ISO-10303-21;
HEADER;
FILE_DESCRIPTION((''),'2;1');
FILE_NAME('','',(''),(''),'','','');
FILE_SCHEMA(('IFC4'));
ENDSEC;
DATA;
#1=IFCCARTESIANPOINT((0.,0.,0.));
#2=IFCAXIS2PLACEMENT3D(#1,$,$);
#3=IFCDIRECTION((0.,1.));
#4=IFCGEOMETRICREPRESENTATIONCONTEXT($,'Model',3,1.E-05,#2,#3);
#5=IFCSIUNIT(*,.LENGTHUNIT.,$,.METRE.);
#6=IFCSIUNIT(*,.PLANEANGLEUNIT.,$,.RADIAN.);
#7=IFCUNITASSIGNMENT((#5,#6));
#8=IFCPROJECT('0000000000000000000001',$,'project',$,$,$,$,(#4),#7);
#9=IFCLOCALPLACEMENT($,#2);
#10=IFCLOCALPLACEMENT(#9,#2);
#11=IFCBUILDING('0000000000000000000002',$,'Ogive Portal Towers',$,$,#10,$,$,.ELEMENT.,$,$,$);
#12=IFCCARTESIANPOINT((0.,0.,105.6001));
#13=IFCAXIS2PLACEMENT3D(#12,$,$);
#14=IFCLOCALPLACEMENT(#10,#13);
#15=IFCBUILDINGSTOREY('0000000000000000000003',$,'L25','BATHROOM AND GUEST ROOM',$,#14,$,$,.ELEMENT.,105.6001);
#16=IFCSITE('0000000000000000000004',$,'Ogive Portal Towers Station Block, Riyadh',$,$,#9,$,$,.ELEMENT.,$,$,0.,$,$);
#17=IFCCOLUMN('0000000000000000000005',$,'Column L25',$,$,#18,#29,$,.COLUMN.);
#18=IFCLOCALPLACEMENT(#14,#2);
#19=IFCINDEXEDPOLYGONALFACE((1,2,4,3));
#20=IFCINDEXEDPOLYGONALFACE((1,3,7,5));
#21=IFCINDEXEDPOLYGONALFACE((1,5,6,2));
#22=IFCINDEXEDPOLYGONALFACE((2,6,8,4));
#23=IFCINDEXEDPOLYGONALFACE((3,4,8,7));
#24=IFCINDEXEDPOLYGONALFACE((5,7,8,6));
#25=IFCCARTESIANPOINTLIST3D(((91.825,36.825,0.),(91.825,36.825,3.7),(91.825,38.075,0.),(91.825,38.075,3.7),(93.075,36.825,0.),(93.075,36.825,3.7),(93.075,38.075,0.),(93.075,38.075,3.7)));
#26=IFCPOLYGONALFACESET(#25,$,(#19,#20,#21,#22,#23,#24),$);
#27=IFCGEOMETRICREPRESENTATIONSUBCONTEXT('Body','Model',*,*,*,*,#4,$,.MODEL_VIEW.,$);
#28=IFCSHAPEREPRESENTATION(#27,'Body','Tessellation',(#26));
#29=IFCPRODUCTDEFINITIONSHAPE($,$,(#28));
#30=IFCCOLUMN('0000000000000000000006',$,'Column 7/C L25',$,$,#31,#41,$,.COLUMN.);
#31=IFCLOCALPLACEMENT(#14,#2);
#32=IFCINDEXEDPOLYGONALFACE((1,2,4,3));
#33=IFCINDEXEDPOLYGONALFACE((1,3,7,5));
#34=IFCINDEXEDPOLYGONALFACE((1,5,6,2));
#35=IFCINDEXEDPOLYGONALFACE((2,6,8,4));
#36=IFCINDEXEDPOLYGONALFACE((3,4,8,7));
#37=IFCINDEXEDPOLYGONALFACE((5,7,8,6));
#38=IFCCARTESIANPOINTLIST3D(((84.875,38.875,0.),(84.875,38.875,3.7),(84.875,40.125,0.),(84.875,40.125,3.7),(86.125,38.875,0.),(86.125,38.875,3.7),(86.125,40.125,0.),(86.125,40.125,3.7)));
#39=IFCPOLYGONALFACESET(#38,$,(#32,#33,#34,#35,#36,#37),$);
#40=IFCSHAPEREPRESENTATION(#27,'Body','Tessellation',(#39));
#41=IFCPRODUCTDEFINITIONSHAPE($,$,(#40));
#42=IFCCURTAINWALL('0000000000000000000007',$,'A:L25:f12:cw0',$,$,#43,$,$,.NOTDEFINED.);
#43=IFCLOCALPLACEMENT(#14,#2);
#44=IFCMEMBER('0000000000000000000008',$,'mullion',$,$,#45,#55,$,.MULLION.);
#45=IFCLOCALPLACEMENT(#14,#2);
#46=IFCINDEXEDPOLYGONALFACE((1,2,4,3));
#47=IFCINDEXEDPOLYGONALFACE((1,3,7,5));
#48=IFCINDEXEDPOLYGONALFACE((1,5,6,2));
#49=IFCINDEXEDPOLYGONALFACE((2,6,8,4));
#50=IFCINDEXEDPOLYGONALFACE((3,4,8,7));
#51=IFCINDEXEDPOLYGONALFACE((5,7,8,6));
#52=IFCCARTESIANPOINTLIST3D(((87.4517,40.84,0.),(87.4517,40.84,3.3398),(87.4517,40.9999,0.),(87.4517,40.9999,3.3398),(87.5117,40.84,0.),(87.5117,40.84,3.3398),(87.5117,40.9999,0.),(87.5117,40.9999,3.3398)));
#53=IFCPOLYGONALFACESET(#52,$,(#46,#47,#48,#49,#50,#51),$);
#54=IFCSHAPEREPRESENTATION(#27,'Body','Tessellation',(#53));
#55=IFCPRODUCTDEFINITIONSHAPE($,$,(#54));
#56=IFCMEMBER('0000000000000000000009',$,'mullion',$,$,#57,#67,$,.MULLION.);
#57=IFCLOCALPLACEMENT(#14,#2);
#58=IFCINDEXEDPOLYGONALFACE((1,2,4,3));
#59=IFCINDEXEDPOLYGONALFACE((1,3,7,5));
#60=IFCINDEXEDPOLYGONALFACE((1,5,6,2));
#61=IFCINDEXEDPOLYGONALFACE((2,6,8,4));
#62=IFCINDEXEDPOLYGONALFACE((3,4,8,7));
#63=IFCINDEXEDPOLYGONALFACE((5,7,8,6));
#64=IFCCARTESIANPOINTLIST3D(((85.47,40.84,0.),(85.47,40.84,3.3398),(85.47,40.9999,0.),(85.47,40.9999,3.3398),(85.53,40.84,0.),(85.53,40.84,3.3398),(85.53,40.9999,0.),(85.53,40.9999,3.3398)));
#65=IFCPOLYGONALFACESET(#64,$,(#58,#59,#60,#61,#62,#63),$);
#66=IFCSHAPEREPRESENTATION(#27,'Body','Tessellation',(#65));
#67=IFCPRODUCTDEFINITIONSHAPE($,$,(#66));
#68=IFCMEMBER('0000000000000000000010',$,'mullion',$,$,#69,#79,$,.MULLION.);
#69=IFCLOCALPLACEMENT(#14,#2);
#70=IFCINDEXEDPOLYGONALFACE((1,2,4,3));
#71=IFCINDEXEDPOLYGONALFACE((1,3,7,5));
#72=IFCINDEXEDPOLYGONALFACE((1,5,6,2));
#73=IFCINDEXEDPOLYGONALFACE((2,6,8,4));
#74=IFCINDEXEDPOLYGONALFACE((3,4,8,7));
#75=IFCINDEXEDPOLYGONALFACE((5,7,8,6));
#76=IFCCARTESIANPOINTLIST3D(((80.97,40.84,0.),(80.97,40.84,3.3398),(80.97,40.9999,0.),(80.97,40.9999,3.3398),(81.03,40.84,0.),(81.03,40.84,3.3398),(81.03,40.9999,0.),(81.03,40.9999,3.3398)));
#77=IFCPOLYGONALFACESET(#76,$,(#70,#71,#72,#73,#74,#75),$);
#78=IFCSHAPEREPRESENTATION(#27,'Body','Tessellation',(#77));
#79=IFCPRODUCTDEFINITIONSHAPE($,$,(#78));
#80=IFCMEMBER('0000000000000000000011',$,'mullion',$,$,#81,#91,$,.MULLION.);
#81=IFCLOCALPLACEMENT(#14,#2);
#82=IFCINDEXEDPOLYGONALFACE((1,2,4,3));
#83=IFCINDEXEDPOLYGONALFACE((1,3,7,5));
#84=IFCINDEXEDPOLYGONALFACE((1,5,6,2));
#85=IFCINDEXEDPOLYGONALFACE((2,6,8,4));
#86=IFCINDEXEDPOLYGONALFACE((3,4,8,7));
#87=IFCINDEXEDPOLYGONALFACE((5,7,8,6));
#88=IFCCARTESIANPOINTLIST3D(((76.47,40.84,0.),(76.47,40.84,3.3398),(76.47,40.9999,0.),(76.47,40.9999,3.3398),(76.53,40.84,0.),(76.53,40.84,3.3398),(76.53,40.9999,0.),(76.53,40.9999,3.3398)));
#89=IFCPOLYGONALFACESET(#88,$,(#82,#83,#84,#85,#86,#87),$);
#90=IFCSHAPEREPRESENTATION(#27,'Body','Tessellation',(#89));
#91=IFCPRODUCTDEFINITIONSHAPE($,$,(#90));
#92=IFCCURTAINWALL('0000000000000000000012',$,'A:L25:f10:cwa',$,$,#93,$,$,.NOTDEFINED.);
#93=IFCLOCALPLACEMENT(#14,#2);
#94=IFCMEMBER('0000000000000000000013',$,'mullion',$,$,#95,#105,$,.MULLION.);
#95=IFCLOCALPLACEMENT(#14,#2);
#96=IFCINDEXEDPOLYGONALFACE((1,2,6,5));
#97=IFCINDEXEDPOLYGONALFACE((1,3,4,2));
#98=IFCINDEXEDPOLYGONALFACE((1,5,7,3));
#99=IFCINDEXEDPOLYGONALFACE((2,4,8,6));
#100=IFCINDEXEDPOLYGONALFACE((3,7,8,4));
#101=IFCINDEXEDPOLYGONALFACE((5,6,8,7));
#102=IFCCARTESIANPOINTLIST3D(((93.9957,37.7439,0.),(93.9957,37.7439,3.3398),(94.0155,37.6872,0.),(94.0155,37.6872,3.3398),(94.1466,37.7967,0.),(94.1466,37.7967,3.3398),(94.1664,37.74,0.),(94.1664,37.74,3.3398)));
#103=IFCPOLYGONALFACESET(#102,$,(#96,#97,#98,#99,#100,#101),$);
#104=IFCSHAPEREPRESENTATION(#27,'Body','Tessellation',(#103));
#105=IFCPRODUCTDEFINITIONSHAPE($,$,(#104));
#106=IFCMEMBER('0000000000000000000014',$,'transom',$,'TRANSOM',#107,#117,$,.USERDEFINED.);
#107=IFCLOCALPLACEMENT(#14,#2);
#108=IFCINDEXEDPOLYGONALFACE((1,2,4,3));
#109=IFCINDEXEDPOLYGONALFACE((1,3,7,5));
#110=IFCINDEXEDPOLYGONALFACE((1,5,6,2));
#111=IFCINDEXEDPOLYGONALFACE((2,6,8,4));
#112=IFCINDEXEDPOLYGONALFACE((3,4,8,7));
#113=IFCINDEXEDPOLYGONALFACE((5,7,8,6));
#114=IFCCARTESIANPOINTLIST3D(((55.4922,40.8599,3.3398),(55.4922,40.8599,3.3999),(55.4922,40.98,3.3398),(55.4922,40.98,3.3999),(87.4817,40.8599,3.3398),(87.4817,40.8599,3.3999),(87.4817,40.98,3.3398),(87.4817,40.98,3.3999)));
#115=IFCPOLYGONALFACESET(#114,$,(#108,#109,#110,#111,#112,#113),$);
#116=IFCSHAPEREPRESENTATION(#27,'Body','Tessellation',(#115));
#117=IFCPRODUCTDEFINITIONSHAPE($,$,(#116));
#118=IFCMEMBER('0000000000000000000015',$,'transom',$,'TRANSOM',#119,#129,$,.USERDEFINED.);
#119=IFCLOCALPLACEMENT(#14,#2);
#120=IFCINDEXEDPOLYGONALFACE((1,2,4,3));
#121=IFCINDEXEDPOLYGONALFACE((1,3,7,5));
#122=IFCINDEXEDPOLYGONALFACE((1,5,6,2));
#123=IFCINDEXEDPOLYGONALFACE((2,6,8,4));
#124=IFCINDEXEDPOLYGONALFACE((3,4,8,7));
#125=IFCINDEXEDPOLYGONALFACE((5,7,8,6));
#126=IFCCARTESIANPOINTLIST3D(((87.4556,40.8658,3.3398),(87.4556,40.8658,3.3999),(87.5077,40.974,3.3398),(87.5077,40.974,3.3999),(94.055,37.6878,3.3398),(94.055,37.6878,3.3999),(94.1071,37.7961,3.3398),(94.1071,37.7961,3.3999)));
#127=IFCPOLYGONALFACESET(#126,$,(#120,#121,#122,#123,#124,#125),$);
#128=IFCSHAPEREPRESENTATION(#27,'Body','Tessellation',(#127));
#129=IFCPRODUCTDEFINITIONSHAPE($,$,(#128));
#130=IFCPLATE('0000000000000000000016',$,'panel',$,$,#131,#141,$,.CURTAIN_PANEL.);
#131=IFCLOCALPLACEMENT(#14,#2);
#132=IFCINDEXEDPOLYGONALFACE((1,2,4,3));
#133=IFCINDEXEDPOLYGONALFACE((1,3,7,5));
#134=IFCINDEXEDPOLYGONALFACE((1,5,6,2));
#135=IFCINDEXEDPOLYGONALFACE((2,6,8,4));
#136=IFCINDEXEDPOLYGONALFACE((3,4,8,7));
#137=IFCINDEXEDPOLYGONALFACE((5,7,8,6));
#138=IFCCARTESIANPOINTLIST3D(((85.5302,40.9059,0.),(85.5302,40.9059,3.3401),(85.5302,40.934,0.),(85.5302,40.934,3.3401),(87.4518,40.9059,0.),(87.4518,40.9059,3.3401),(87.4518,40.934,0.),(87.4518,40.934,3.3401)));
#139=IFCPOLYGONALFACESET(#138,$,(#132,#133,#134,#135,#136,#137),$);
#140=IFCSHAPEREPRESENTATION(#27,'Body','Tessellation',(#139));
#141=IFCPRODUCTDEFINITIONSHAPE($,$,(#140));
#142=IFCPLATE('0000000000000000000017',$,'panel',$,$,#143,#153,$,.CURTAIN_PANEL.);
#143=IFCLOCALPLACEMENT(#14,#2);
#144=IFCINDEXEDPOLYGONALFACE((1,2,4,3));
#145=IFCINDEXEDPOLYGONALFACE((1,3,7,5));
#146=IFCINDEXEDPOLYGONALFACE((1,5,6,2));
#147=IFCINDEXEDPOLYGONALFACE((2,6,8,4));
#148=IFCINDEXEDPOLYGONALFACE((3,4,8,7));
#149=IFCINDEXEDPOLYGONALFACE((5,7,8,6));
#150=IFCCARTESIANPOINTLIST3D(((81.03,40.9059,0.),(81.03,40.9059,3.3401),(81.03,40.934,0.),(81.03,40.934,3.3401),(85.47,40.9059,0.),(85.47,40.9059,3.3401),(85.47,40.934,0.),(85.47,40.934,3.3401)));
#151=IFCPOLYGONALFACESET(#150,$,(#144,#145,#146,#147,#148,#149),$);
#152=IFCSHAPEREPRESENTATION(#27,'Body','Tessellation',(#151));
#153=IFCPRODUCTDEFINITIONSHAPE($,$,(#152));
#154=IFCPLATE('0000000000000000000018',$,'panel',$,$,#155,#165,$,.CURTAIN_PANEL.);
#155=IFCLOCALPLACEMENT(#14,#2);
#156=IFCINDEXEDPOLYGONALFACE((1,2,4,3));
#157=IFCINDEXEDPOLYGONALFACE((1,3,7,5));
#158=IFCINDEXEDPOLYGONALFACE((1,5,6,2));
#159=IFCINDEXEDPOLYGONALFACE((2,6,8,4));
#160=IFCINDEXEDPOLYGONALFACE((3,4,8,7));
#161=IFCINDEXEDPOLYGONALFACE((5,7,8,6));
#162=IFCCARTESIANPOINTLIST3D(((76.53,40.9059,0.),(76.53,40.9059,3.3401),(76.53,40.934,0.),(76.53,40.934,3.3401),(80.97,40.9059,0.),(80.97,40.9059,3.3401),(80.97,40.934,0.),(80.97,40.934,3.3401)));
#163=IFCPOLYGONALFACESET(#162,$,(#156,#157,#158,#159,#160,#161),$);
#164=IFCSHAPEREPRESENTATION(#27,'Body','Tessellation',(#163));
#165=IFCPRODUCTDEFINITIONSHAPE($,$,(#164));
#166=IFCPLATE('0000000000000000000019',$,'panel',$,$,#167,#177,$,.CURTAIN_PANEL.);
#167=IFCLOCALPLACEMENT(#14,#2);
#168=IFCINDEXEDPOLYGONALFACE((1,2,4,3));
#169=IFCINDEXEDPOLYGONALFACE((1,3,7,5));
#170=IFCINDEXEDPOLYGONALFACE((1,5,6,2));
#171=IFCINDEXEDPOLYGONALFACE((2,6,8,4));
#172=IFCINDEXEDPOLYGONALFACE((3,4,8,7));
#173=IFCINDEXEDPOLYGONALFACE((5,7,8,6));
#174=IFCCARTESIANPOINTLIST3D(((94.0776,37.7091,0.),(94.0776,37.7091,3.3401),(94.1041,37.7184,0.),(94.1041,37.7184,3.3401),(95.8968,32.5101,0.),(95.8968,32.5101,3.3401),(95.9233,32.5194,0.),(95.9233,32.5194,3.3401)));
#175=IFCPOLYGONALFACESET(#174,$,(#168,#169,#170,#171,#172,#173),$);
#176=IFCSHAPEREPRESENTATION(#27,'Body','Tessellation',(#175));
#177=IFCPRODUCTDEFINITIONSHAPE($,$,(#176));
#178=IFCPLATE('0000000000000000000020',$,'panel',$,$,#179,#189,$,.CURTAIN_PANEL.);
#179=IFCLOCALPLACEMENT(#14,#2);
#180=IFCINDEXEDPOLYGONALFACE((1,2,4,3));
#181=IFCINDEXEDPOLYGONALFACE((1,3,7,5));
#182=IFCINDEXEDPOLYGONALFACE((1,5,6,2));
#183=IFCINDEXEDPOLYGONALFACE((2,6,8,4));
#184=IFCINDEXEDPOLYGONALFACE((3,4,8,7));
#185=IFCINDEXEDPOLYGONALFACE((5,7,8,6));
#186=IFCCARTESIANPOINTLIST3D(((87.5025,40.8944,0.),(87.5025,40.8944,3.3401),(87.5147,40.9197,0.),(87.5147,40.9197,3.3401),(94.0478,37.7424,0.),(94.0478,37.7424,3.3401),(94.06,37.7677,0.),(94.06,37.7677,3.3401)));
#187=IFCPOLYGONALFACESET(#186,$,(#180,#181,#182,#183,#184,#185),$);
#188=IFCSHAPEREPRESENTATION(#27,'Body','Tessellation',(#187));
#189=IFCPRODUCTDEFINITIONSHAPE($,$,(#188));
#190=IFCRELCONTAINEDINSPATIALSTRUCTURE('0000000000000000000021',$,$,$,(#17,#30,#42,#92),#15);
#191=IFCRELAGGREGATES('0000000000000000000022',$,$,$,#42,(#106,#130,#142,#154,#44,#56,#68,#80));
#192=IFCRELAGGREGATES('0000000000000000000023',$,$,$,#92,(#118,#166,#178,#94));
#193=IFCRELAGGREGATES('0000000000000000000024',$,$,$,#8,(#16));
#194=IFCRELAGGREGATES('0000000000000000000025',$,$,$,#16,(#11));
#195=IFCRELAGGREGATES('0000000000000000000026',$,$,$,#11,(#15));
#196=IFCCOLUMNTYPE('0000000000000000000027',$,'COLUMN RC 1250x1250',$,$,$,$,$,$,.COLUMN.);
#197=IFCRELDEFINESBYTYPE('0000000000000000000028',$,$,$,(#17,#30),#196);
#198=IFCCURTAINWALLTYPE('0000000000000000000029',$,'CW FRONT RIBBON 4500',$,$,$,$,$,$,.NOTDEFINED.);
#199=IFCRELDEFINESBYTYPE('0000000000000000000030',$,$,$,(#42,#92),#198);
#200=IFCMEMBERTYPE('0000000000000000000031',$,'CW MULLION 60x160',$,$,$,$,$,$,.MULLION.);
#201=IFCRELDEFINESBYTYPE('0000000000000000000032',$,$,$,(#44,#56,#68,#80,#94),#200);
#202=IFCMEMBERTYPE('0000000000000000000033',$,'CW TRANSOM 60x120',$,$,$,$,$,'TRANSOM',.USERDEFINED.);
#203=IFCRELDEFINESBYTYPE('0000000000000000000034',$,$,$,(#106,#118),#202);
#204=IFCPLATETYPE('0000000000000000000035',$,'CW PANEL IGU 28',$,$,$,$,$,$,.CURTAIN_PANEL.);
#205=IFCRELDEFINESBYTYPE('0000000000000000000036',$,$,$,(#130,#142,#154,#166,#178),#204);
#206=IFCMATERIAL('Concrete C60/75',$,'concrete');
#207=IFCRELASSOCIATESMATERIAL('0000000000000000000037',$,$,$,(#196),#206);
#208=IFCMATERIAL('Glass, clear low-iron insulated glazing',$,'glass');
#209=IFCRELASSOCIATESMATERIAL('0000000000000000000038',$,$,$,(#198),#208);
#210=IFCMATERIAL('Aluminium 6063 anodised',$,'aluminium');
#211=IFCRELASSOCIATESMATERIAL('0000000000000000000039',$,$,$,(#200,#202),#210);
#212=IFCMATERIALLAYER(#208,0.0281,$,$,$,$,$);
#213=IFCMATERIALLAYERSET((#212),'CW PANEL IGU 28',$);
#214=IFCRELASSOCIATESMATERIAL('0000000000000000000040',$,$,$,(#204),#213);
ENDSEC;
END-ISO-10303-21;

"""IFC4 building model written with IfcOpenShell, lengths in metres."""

from ifc_helpers import new_model, si_unit, direction, frame, origin, origin_2d, place, context, subcontext, project, spatial, rectangle, extrude, material, layer, layer_set, material_profile, profile_set, type_object, element, aggregate, save


model = new_model("IFC4")

# Units and contexts
model_context = context("Model", 3, precision=1e-05, world=origin(), true_north=direction((0.0, 1.0)))
body_context = subcontext(model_context, "Body", "Model", "MODEL_VIEW")
ifc_project = project(units=[si_unit("LENGTHUNIT", "METRE"), si_unit("PLANEANGLEUNIT", "RADIAN")], contexts=[model_context])

# Site, building, storey
site_placement = place(None, origin())
site = spatial("IfcSite", under=ifc_project, at=site_placement, Name="Ogive Portal Towers Station Block, Riyadh", CompositionType="ELEMENT", RefElevation=0.0)
building_placement = place(site_placement, origin())
building = spatial("IfcBuilding", under=site, at=building_placement, Name="Ogive Portal Towers", CompositionType="ELEMENT")
storey_placement = place(building_placement, frame((0.0, 0.0, 105.6001)))
storey = spatial("IfcBuildingStorey", under=building, at=storey_placement, Name="L25", Description="BATHROOM AND GUEST ROOM", CompositionType="ELEMENT", Elevation=105.6001)

# Columns
ifc_material_1 = material(Name="Concrete C60/75", Category="concrete")
ifc_material_profile_1 = material_profile(ifc_material_1, rectangle(XDim=1.25, YDim=1.25, at=origin_2d()), Name="RC 1250x1250")
ifc_profile_set_1 = profile_set([ifc_material_profile_1], Name="Concrete C60/75")
column_type = type_object("IfcColumnType", Name="COLUMN RC 1250x1250", PredefinedType="COLUMN", material=ifc_profile_set_1)
for number, where, z_axis, x_axis, name in (
    (1, (92.45, 37.45, 0.0), (0.0, 0.0, 1.0), (1.0, 0.0, 0.0), "Column L25"),
    (2, (85.5, 39.5, 0.0), (0.0, 0.0, 1.0), (1.0, 0.0, 0.0), "Column 7/C L25"),
):
    element("IfcColumn", number, at=place(storey_placement, frame(where, z_axis=z_axis, x_axis=x_axis)), inside=storey, type_object=column_type, Name=name, PredefinedType="COLUMN", context=body_context, shape_type="SweptSolid", body=[
        extrude(rectangle(XDim=1.25, YDim=1.25, at=origin_2d()), origin(), (0.0, 0.0, 1.0), 3.7),
    ])

# Curtain wall, members
ifc_material_2 = material(Name="Glass, clear low-iron insulated glazing", Category="glass")
curtain_wall_type = type_object("IfcCurtainWallType", Name="CW FRONT RIBBON 4500", PredefinedType="NOTDEFINED", material=ifc_material_2)
curtain_wall_1_placement = place(storey_placement, origin())
curtain_wall_1 = element("IfcCurtainWall", 3, at=curtain_wall_1_placement, inside=storey, type_object=curtain_wall_type, Name="A:L25:f12:cw0", PredefinedType="NOTDEFINED")
ifc_material_3 = material(Name="Aluminium 6063 anodised", Category="aluminium")
ifc_material_profile_2 = material_profile(ifc_material_3, rectangle(XDim=0.1599, YDim=0.0601, at=origin_2d()), Name="AL 60x160")
ifc_profile_set_2 = profile_set([ifc_material_profile_2], Name="Aluminium 6063 anodised")
member_type_1 = type_object("IfcMemberType", Name="CW MULLION 60x160", PredefinedType="MULLION", material=ifc_profile_set_2)
member_1_placement = place(storey_placement, frame((87.4817, 40.9199, 0.0), z_axis=(0.0, 0.0, 1.0), x_axis=(0.0, -1.0, 0.0)))
member_1 = element("IfcMember", 4, at=member_1_placement, type_object=member_type_1, Name="mullion", PredefinedType="MULLION", context=body_context, shape_type="SweptSolid", body=[
    extrude(rectangle(XDim=0.1599, YDim=0.0601, at=origin_2d()), origin(), (0.0, 0.0, 1.0), 3.3398),
])
member_2_placement = place(storey_placement, frame((85.5, 40.9199, 0.0), z_axis=(0.0, 0.0, 1.0), x_axis=(0.0, -1.0, 0.0)))
member_2 = element("IfcMember", 5, at=member_2_placement, type_object=member_type_1, Name="mullion", PredefinedType="MULLION", context=body_context, shape_type="SweptSolid", body=[
    extrude(rectangle(XDim=0.1599, YDim=0.0601, at=origin_2d()), origin(), (0.0, 0.0, 1.0), 3.3398),
])
member_3_placement = place(storey_placement, frame((81.0, 40.9199, 0.0), z_axis=(0.0, 0.0, 1.0), x_axis=(0.0, -1.0, 0.0)))
member_3 = element("IfcMember", 6, at=member_3_placement, type_object=member_type_1, Name="mullion", PredefinedType="MULLION", context=body_context, shape_type="SweptSolid", body=[
    extrude(rectangle(XDim=0.1599, YDim=0.0601, at=origin_2d()), origin(), (0.0, 0.0, 1.0), 3.3398),
])
member_4_placement = place(storey_placement, frame((76.5, 40.9199, 0.0), z_axis=(0.0, 0.0, 1.0), x_axis=(0.0, -1.0, 0.0)))
member_4 = element("IfcMember", 7, at=member_4_placement, type_object=member_type_1, Name="mullion", PredefinedType="MULLION", context=body_context, shape_type="SweptSolid", body=[
    extrude(rectangle(XDim=0.1599, YDim=0.0601, at=origin_2d()), origin(), (0.0, 0.0, 1.0), 3.3398),
])

# Curtain wall, member
curtain_wall_2_placement = place(storey_placement, origin())
curtain_wall_2 = element("IfcCurtainWall", 8, at=curtain_wall_2_placement, inside=storey, type_object=curtain_wall_type, Name="A:L25:f10:cwa", PredefinedType="NOTDEFINED")
member_5_placement = place(storey_placement, frame((94.0811, 37.7419, 0.0), z_axis=(0.0, 0.0, 1.0), x_axis=(-0.943883, -0.330279, 0.0)))
member_5 = element("IfcMember", 9, at=member_5_placement, type_object=member_type_1, Name="mullion", PredefinedType="MULLION", context=body_context, shape_type="SweptSolid", body=[
    extrude(rectangle(XDim=0.1599, YDim=0.0601, at=origin_2d()), origin(), (0.0, 0.0, 1.0), 3.3398),
])

# Members
ifc_material_profile_3 = material_profile(ifc_material_3, rectangle(XDim=0.1201, YDim=0.0601, at=origin_2d()), Name="AL 120x60")
ifc_profile_set_3 = profile_set([ifc_material_profile_3], Name="Aluminium 6063 anodised")
member_type_2 = type_object("IfcMemberType", Name="CW TRANSOM 60x120", ElementType="TRANSOM", PredefinedType="USERDEFINED", material=ifc_profile_set_3)
member_6_placement = place(storey_placement, frame((87.4817, 40.9199, 3.3699), z_axis=(-1.0, 0.0, 0.0), x_axis=(0.0, -1.0, 0.0)))
member_6 = element("IfcMember", 10, at=member_6_placement, type_object=member_type_2, Name="transom", ObjectType="TRANSOM", PredefinedType="USERDEFINED", context=body_context, shape_type="SweptSolid", body=[
    extrude(rectangle(XDim=0.1201, YDim=0.0601, at=origin_2d()), origin(), (0.0, 0.0, 1.0), 31.9895),
])
member_7_placement = place(storey_placement, frame((94.0811, 37.7419, 3.3699), z_axis=(-0.900975, 0.433872, 0.0), x_axis=(-0.433872, -0.900975, 0.0)))
member_7 = element("IfcMember", 11, at=member_7_placement, type_object=member_type_2, Name="transom", ObjectType="TRANSOM", PredefinedType="USERDEFINED", context=body_context, shape_type="SweptSolid", body=[
    extrude(rectangle(XDim=0.1201, YDim=0.0601, at=origin_2d()), origin(), (0.0, 0.0, 1.0), 7.3247),
])

# Plates
ifc_layer_1 = layer(ifc_material_2, 0.0281)
ifc_layer_set_1 = layer_set([ifc_layer_1], Name="CW PANEL IGU 28")
plate_type = type_object("IfcPlateType", Name="CW PANEL IGU 28", PredefinedType="CURTAIN_PANEL", material=ifc_layer_set_1)
plate_1_placement = place(storey_placement, frame((86.491, 40.9199, 0.0), z_axis=(0.0, 0.0, 1.0), x_axis=(-1.0, 0.0, 0.0)))
plate_1 = element("IfcPlate", 12, at=plate_1_placement, type_object=plate_type, Name="panel", PredefinedType="CURTAIN_PANEL", context=body_context, shape_type="SweptSolid", body=[
    extrude(rectangle(XDim=1.9216, YDim=0.0281, at=origin_2d()), origin(), (0.0, 0.0, 1.0), 3.3401),
])
plate_2_placement = place(storey_placement, frame((83.25, 40.9199, 0.0), z_axis=(0.0, 0.0, 1.0), x_axis=(-1.0, 0.0, 0.0)))
plate_2 = element("IfcPlate", 13, at=plate_2_placement, type_object=plate_type, Name="panel", PredefinedType="CURTAIN_PANEL", context=body_context, shape_type="SweptSolid", body=[
    extrude(rectangle(XDim=4.4399, YDim=0.0281, at=origin_2d()), origin(), (0.0, 0.0, 1.0), 3.3401),
])
plate_3_placement = place(storey_placement, frame((78.75, 40.9199, 0.0), z_axis=(0.0, 0.0, 1.0), x_axis=(-1.0, 0.0, 0.0)))
plate_3 = element("IfcPlate", 14, at=plate_3_placement, type_object=plate_type, Name="panel", PredefinedType="CURTAIN_PANEL", context=body_context, shape_type="SweptSolid", body=[
    extrude(rectangle(XDim=4.4399, YDim=0.0281, at=origin_2d()), origin(), (0.0, 0.0, 1.0), 3.3401),
])
aggregate(curtain_wall_1, [member_6, plate_1, plate_2, plate_3, member_1, member_2, member_3, member_4])
plate_4_placement = place(storey_placement, frame((95.0005, 35.1143, 0.0), z_axis=(0.0, 0.0, 1.0), x_axis=(-0.330279, 0.943883, 0.0)))
plate_4 = element("IfcPlate", 15, at=plate_4_placement, type_object=plate_type, Name="panel", PredefinedType="CURTAIN_PANEL", context=body_context, shape_type="SweptSolid", body=[
    extrude(rectangle(XDim=5.5081, YDim=0.0281, at=origin_2d()), origin(), (0.0, 0.0, 1.0), 3.3401),
])
plate_5_placement = place(storey_placement, frame((90.7812, 39.3311, 0.0), z_axis=(0.0, 0.0, 1.0), x_axis=(-0.900969, 0.433884, 0.0)))
plate_5 = element("IfcPlate", 16, at=plate_5_placement, type_object=plate_type, Name="panel", PredefinedType="CURTAIN_PANEL", context=body_context, shape_type="SweptSolid", body=[
    extrude(rectangle(XDim=7.2646, YDim=0.0281, at=origin_2d()), origin(), (0.0, 0.0, 1.0), 3.3401),
])
aggregate(curtain_wall_2, [member_7, plate_4, plate_5, member_5])

save(model, "model.ifc")
